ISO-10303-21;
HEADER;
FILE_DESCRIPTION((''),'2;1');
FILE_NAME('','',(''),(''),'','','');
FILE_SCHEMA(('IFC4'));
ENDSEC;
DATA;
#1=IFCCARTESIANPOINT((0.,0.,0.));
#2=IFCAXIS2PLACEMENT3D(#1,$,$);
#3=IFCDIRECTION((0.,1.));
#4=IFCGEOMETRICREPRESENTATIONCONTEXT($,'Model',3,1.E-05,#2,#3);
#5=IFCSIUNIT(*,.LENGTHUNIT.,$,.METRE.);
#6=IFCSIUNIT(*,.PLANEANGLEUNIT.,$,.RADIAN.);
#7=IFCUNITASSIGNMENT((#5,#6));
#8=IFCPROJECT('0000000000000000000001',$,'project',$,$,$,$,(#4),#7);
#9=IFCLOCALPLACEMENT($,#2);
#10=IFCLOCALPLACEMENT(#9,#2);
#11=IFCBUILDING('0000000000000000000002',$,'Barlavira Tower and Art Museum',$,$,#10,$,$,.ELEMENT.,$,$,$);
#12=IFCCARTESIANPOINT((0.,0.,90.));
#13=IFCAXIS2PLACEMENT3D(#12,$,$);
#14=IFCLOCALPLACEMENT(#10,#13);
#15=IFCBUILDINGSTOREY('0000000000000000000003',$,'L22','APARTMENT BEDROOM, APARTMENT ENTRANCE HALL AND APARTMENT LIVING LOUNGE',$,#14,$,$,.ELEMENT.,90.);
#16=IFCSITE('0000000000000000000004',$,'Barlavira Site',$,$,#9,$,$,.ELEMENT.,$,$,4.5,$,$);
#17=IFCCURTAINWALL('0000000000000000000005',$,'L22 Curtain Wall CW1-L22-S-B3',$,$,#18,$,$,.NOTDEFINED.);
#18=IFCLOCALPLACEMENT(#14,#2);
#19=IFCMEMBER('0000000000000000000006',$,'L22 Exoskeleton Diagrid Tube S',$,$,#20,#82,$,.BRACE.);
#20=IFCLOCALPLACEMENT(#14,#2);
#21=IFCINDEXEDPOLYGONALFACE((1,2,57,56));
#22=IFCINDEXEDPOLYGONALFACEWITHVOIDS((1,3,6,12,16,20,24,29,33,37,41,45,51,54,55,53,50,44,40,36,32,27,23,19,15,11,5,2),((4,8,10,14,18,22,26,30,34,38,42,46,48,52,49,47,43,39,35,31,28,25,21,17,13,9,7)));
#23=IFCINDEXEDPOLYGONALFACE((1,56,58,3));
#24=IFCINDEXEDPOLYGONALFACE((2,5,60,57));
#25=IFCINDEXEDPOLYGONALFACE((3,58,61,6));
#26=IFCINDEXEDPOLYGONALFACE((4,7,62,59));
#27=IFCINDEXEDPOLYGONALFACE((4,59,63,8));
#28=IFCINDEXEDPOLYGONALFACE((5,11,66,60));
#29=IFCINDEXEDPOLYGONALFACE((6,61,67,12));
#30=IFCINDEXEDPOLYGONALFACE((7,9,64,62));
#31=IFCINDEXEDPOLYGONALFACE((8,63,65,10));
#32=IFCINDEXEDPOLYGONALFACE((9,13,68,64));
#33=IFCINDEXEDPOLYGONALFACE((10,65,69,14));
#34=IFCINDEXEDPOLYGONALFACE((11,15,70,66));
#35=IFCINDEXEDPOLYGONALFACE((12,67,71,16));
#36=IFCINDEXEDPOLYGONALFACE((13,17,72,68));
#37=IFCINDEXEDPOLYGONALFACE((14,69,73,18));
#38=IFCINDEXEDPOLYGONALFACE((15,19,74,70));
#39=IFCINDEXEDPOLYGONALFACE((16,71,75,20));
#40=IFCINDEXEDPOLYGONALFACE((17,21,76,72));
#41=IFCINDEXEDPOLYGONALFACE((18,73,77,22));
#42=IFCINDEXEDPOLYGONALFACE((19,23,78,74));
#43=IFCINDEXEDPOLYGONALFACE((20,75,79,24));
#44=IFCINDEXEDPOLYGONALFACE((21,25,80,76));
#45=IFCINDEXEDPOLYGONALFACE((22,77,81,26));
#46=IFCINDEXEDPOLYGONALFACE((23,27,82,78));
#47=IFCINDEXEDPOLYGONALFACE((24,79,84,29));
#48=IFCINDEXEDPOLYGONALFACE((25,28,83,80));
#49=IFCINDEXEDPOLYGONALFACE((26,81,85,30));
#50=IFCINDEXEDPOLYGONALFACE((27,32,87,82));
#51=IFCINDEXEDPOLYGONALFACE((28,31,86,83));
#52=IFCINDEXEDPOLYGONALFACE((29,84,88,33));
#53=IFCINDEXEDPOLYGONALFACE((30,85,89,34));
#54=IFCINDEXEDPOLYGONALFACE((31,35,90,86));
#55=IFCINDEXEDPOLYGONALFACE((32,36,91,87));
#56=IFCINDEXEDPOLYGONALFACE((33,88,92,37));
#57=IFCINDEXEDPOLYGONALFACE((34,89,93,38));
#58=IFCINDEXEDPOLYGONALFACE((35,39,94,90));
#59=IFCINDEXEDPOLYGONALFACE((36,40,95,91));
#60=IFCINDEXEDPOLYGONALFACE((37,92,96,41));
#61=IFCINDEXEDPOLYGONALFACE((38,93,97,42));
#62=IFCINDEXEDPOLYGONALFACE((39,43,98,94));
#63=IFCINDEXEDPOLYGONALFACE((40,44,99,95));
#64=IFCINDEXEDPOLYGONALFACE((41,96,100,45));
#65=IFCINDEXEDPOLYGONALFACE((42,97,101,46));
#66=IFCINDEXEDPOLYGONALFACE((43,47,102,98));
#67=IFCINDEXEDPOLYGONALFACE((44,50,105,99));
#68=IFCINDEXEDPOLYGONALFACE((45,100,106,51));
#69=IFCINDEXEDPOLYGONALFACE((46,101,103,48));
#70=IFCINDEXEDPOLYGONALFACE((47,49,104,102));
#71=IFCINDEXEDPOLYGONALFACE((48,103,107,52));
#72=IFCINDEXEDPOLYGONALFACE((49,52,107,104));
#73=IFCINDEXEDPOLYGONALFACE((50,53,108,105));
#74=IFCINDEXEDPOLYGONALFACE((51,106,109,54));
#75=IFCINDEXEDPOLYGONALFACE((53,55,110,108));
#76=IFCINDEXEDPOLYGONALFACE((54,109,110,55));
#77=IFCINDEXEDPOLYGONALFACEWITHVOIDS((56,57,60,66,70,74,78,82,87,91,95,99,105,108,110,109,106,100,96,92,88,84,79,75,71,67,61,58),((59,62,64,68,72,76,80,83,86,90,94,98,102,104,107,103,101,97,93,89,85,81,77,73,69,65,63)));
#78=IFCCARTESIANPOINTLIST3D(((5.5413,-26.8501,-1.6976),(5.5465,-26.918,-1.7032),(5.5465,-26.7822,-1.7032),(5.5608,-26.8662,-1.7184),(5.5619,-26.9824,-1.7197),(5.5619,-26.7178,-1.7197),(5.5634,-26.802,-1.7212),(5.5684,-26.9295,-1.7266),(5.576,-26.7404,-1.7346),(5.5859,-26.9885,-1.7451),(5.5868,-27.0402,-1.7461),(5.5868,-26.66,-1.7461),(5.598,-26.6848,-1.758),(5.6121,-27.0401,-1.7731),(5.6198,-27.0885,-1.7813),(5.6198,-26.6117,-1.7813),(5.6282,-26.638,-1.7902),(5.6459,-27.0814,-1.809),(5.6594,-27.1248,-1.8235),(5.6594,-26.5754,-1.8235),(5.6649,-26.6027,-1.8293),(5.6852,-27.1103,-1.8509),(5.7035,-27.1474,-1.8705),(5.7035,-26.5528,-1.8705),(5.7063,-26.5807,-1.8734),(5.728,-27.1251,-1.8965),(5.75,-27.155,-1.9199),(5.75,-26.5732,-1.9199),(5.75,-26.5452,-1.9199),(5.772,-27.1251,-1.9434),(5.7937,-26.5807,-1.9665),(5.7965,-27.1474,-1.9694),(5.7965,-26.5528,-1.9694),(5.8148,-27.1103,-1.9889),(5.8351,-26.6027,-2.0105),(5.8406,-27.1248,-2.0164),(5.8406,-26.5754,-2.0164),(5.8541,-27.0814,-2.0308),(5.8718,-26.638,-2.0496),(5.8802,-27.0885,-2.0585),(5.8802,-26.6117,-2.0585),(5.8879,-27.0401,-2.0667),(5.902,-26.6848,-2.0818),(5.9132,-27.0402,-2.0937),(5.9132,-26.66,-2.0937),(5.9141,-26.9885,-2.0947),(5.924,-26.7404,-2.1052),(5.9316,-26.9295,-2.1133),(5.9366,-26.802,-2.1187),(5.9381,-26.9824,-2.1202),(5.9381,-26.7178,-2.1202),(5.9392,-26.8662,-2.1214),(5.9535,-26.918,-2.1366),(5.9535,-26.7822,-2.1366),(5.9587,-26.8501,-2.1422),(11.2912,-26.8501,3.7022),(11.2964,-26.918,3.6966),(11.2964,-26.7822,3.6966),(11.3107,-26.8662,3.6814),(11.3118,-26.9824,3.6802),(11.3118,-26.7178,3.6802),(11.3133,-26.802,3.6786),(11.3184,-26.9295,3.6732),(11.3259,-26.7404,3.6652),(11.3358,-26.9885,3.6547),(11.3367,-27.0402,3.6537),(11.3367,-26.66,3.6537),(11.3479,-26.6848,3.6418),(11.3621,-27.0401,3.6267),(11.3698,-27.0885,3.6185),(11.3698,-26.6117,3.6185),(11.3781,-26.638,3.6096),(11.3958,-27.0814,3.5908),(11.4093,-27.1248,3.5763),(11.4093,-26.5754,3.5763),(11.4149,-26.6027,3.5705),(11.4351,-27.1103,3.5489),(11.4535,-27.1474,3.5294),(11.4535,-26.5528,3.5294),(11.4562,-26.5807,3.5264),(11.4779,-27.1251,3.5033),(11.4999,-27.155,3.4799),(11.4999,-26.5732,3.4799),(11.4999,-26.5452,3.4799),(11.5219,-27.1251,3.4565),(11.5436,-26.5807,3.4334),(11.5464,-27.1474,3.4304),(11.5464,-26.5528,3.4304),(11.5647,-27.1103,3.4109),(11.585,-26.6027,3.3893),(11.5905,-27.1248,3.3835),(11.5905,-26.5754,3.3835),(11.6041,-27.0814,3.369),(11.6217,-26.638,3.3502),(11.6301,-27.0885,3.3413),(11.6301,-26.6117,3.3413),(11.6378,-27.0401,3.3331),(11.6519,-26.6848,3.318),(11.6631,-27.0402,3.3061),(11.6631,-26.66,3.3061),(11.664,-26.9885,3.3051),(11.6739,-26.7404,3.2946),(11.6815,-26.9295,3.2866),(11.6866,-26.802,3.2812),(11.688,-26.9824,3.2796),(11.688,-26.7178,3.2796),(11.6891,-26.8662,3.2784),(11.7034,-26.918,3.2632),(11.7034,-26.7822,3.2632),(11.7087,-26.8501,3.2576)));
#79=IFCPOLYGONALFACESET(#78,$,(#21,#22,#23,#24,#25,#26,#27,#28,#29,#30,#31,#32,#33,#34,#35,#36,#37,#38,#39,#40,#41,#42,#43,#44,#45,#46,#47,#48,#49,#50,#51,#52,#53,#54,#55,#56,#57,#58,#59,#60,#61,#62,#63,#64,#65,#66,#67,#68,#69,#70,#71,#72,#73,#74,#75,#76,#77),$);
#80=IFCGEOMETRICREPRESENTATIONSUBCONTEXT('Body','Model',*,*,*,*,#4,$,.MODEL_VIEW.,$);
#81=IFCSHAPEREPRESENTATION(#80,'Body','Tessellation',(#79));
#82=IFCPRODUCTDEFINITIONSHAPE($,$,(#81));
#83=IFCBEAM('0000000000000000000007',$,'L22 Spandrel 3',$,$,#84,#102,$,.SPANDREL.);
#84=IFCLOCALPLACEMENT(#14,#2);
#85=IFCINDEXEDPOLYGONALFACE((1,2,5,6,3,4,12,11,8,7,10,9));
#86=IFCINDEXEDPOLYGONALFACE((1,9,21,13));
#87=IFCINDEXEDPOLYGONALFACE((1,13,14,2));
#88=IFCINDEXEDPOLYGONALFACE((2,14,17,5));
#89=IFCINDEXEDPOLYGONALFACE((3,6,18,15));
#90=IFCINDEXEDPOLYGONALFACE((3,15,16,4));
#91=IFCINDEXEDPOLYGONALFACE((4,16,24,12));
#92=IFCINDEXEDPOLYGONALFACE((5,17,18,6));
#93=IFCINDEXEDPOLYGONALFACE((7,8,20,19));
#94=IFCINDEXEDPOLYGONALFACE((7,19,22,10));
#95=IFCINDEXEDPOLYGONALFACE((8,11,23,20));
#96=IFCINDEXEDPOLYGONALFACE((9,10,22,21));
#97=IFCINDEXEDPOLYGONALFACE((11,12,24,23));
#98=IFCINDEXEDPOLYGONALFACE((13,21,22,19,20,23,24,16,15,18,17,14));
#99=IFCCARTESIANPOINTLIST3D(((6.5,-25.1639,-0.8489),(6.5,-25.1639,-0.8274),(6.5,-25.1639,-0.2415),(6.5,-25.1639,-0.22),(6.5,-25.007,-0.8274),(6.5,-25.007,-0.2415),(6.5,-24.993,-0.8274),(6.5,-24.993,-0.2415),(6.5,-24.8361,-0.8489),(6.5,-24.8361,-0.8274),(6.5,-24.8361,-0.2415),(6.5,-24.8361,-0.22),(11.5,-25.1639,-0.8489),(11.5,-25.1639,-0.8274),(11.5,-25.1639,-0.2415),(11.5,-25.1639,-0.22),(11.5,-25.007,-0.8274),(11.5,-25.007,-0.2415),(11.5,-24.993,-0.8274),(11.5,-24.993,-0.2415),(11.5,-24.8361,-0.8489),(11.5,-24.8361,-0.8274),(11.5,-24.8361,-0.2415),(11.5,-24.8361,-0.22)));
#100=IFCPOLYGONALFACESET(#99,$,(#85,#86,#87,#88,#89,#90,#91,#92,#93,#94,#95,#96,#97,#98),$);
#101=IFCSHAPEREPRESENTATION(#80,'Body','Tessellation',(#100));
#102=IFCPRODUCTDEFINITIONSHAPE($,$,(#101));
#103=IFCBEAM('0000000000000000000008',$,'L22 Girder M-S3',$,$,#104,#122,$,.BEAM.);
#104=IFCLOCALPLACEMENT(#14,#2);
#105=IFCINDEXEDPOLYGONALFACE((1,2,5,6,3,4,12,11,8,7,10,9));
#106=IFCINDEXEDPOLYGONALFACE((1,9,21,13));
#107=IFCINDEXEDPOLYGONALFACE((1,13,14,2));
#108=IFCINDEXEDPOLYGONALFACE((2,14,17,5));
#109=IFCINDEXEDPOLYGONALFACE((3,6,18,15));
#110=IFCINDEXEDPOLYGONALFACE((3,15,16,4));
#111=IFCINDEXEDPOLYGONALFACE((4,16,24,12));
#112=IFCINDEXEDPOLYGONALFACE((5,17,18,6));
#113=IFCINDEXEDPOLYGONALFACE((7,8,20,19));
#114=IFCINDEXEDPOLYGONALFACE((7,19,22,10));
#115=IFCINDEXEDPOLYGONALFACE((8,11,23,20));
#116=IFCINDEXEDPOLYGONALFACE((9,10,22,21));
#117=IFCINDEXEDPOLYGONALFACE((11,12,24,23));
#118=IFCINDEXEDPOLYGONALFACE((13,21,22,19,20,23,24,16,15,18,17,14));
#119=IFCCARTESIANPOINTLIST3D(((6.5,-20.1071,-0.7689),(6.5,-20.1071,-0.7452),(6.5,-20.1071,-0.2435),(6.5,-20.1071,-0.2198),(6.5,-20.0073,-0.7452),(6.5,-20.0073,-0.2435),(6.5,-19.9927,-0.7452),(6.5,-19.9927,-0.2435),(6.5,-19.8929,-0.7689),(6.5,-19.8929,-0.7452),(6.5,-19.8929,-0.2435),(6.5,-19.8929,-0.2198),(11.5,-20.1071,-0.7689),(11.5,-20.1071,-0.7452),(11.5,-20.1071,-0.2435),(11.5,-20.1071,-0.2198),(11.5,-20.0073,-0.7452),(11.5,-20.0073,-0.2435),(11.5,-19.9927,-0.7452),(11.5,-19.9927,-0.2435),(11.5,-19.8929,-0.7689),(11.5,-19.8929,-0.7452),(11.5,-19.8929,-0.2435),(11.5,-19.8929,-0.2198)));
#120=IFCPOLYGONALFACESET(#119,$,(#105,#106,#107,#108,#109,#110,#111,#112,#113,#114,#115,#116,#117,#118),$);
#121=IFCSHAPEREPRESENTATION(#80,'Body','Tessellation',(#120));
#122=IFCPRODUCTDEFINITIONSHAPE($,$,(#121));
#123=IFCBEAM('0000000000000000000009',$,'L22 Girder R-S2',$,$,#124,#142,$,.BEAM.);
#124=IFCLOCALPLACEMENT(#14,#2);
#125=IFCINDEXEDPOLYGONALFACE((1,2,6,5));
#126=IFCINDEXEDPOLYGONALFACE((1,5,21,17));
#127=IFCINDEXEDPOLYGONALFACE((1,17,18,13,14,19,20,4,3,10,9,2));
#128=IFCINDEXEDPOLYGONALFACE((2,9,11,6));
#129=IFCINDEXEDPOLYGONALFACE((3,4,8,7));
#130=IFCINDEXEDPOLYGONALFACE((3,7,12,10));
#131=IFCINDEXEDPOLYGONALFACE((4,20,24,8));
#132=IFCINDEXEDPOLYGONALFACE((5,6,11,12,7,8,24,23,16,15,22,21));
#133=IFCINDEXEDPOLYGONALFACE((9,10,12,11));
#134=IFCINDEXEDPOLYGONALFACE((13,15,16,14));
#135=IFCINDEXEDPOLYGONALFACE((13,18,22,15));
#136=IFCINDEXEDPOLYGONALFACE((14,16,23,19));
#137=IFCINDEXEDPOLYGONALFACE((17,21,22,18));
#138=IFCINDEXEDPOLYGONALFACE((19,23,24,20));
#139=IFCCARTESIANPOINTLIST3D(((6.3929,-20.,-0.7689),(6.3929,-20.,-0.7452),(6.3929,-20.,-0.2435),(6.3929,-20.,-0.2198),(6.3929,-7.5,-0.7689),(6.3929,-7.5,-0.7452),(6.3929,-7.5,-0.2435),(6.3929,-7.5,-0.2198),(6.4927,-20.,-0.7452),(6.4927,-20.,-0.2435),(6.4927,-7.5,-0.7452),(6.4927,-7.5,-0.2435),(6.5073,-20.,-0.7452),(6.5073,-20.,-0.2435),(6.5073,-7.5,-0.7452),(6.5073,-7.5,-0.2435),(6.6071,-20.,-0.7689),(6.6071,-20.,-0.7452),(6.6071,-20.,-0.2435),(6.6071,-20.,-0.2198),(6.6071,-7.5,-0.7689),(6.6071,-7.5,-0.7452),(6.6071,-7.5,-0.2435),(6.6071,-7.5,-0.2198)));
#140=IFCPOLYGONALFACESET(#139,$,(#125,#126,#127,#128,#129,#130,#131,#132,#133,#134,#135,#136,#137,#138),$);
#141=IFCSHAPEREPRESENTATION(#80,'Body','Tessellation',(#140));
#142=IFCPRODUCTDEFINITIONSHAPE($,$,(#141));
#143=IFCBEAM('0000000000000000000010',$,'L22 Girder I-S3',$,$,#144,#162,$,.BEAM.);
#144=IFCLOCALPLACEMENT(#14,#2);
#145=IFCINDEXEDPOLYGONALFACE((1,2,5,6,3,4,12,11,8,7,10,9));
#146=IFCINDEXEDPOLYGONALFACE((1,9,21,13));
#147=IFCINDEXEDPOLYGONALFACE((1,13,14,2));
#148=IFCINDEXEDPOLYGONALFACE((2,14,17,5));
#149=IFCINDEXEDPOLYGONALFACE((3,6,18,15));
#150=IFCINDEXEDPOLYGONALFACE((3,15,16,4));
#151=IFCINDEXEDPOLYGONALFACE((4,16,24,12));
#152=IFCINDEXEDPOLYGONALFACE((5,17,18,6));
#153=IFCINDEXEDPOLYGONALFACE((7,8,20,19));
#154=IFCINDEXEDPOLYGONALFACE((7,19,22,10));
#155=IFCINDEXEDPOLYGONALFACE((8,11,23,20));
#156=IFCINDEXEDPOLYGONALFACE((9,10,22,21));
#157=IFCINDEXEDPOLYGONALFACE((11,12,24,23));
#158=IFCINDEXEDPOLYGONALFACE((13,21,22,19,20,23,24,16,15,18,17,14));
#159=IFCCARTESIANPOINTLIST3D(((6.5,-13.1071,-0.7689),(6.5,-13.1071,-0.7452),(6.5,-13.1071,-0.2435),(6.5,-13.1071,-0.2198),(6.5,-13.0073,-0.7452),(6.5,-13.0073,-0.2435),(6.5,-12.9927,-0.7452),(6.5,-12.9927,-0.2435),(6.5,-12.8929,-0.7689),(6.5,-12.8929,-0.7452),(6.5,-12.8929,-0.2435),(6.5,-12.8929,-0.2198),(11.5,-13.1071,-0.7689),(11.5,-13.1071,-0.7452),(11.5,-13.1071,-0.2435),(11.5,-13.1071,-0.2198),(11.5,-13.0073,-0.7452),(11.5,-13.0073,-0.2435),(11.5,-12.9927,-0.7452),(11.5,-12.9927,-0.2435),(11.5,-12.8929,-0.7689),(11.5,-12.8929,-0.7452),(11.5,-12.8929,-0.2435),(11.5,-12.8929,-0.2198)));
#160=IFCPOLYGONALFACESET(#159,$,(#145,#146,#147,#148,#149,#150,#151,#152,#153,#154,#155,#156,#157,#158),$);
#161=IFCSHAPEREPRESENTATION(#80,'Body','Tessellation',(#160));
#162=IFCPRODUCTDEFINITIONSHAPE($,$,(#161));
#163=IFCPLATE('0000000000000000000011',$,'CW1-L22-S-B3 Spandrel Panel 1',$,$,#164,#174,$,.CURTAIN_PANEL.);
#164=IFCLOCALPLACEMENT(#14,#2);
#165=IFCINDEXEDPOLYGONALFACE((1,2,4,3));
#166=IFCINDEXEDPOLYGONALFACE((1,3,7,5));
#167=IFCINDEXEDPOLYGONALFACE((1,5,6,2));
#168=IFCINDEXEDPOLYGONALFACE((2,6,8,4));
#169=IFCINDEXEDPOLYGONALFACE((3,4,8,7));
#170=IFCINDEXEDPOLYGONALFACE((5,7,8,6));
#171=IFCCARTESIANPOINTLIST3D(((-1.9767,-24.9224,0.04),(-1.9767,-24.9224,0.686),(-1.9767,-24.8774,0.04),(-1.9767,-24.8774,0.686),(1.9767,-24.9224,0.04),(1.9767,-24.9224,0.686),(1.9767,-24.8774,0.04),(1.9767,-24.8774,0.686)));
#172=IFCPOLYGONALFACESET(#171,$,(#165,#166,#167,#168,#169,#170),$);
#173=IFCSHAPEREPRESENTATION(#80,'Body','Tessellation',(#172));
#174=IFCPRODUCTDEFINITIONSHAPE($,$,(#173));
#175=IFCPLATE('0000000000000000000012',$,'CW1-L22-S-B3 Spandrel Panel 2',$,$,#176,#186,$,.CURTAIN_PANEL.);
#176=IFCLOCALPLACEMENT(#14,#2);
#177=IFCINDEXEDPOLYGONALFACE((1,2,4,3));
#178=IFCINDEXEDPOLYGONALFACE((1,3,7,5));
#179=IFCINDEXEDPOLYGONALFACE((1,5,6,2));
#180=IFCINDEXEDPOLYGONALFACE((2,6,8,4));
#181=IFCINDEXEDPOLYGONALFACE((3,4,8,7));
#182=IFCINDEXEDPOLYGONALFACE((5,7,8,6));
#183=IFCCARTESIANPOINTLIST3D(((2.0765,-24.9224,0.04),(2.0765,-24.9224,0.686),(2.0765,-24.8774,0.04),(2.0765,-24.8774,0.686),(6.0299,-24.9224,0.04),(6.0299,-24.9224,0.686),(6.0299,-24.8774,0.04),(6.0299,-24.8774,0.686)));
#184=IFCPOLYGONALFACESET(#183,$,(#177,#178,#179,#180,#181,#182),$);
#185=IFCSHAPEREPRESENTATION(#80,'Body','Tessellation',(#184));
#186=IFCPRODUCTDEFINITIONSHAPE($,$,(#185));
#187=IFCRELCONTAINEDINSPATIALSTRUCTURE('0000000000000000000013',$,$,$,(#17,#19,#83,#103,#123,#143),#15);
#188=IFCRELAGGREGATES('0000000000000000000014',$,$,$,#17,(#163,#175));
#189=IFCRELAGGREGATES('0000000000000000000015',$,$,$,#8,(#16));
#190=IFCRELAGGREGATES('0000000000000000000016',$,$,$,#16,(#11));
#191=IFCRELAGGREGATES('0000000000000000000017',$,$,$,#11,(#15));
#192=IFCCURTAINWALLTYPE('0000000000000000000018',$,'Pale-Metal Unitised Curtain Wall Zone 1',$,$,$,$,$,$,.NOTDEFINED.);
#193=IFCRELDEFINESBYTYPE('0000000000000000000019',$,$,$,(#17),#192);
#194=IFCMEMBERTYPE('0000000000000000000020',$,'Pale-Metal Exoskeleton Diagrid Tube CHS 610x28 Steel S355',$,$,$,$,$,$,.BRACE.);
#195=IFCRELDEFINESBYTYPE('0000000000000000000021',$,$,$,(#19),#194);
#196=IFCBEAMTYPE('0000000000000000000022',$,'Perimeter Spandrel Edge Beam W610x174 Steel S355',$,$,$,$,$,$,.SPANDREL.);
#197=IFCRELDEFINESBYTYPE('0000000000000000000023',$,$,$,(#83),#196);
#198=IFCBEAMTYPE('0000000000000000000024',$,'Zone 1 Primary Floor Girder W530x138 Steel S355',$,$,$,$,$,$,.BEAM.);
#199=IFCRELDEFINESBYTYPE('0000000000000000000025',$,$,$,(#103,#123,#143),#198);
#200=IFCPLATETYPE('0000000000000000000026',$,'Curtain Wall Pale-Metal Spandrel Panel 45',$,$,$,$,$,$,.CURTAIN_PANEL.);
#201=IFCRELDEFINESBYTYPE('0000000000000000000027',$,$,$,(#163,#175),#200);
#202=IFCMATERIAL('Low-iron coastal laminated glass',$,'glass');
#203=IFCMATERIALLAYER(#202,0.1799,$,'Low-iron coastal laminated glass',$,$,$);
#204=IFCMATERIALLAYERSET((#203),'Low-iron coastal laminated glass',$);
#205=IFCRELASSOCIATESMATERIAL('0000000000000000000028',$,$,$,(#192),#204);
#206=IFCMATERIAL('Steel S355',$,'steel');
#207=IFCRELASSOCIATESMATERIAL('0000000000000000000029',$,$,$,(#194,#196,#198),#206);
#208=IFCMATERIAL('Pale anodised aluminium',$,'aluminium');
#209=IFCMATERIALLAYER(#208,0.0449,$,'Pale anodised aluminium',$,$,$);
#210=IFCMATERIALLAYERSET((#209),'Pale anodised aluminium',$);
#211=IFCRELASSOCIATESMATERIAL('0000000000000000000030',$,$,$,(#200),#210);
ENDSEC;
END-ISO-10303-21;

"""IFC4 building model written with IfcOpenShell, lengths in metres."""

from ifc_helpers import new_model, si_unit, direction, frame, origin, origin_2d, place, context, subcontext, project, spatial, rectangle, hollow_circle, i_section, extrude, material, layer, layer_set, material_profile, profile_set, type_object, element, aggregate, save


model = new_model("IFC4")

# Units and contexts
model_context = context("Model", 3, precision=1e-05, world=origin(), true_north=direction((0.0, 1.0)))
body_context = subcontext(model_context, "Body", "Model", "MODEL_VIEW")
ifc_project = project(units=[si_unit("LENGTHUNIT", "METRE"), si_unit("PLANEANGLEUNIT", "RADIAN")], contexts=[model_context])

# Site, building, storey
site_placement = place(None, origin())
site = spatial("IfcSite", under=ifc_project, at=site_placement, Name="Barlavira Site", CompositionType="ELEMENT", RefElevation=4.5)
building_placement = place(site_placement, origin())
building = spatial("IfcBuilding", under=site, at=building_placement, Name="Barlavira Tower and Art Museum", CompositionType="ELEMENT")
storey_placement = place(building_placement, frame((0.0, 0.0, 90.0)))
storey = spatial("IfcBuildingStorey", under=building, at=storey_placement, Name="L22", Description="APARTMENT BEDROOM, APARTMENT ENTRANCE HALL AND APARTMENT LIVING LOUNGE", CompositionType="ELEMENT", Elevation=90.0)

# Curtain wall
ifc_material_1 = material(Name="Low-iron coastal laminated glass", Category="glass")
ifc_layer_1 = layer(ifc_material_1, 0.1799, Name="Low-iron coastal laminated glass")
ifc_layer_set_1 = layer_set([ifc_layer_1], Name="Low-iron coastal laminated glass")
curtain_wall_type = type_object("IfcCurtainWallType", Name="Pale-Metal Unitised Curtain Wall Zone 1", PredefinedType="NOTDEFINED", material=ifc_layer_set_1)
curtain_wall_placement = place(storey_placement, origin())
curtain_wall = element("IfcCurtainWall", 1, at=curtain_wall_placement, inside=storey, type_object=curtain_wall_type, Name="L22 Curtain Wall CW1-L22-S-B3", PredefinedType="NOTDEFINED")
ifc_material_2 = material(Name="Pale anodised aluminium", Category="aluminium")

# Member
ifc_material_3 = material(Name="Steel S355", Category="steel")
ifc_material_profile_1 = material_profile(ifc_material_3, hollow_circle(Radius=0.3049, WallThickness=0.0281, at=origin_2d()), Name="CHS 610.0x28.0")
ifc_profile_set_1 = profile_set([ifc_material_profile_1], Name="Steel S355")
member_type_1 = type_object("IfcMemberType", Name="Pale-Metal Exoskeleton Diagrid Tube CHS 610x28 Steel S355", PredefinedType="BRACE", material=ifc_profile_set_1)
for number, where, z_axis, x_axis, name in (
    (2, (5.75, -26.8501, -1.9199), (0.72895, 0.0, 0.684567), (0.0, 1.0, 0.0), "L22 Exoskeleton Diagrid Tube S"),
):
    element("IfcMember", number, at=place(storey_placement, frame(where, z_axis=z_axis, x_axis=x_axis)), inside=storey, type_object=member_type_1, Name=name, PredefinedType="BRACE", context=body_context, shape_type="SweptSolid", body=[
        extrude(hollow_circle(Radius=0.3049, WallThickness=0.0281, at=origin_2d()), origin(), (0.0, 0.0, 1.0), 7.8879),
    ])

# Beams
ifc_material_profile_2 = material_profile(ifc_material_3, i_section(OverallWidth=0.3279, OverallDepth=0.6289, WebThickness=0.0139, FlangeThickness=0.0215, at=origin_2d()), Name="W610x174.0")
ifc_profile_set_2 = profile_set([ifc_material_profile_2], Name="Steel S355")
beam_type_1 = type_object("IfcBeamType", Name="Perimeter Spandrel Edge Beam W610x174 Steel S355", PredefinedType="SPANDREL", material=ifc_profile_set_2)
beam_1_placement = place(storey_placement, frame((6.5, -25.0, -0.5344), z_axis=(1.0, 0.0, 0.0), x_axis=(0.0, 1.0, 0.0)))
element("IfcBeam", 3, at=beam_1_placement, inside=storey, type_object=beam_type_1, Name="L22 Spandrel 3", PredefinedType="SPANDREL", context=body_context, shape_type="SweptSolid", body=[
    extrude(i_section(OverallWidth=0.3279, OverallDepth=0.6289, WebThickness=0.0139, FlangeThickness=0.0215, at=origin_2d()), origin(), (0.0, 0.0, 1.0), 5.0),
])
ifc_material_profile_3 = material_profile(ifc_material_3, i_section(OverallWidth=0.2141, OverallDepth=0.5491, WebThickness=0.0146, FlangeThickness=0.0237, at=origin_2d()), Name="W530x138.0")
ifc_profile_set_3 = profile_set([ifc_material_profile_3], Name="Steel S355")
beam_type_2 = type_object("IfcBeamType", Name="Zone 1 Primary Floor Girder W530x138 Steel S355", PredefinedType="BEAM", material=ifc_profile_set_3)
beam_2_placement = place(storey_placement, frame((6.5, -20.0, -0.4944), z_axis=(1.0, 0.0, 0.0), x_axis=(0.0, 1.0, 0.0)))
element("IfcBeam", 4, at=beam_2_placement, inside=storey, type_object=beam_type_2, Name="L22 Girder M-S3", PredefinedType="BEAM", context=body_context, shape_type="SweptSolid", body=[
    extrude(i_section(OverallWidth=0.2141, OverallDepth=0.5491, WebThickness=0.0146, FlangeThickness=0.0237, at=origin_2d()), origin(), (0.0, 0.0, 1.0), 5.0),
])
beam_3_placement = place(storey_placement, frame((6.5, -20.0, -0.4944), z_axis=(0.0, 1.0, 0.0), x_axis=(-1.0, 0.0, 0.0)))
element("IfcBeam", 5, at=beam_3_placement, inside=storey, type_object=beam_type_2, Name="L22 Girder R-S2", PredefinedType="BEAM", context=body_context, shape_type="SweptSolid", body=[
    extrude(i_section(OverallWidth=0.2141, OverallDepth=0.5491, WebThickness=0.0146, FlangeThickness=0.0237, at=origin_2d()), origin(), (0.0, 0.0, 1.0), 12.5),
])
beam_4_placement = place(storey_placement, frame((6.5, -13.0, -0.4944), z_axis=(1.0, 0.0, 0.0), x_axis=(0.0, 1.0, 0.0)))
element("IfcBeam", 6, at=beam_4_placement, inside=storey, type_object=beam_type_2, Name="L22 Girder I-S3", PredefinedType="BEAM", context=body_context, shape_type="SweptSolid", body=[
    extrude(i_section(OverallWidth=0.2141, OverallDepth=0.5491, WebThickness=0.0146, FlangeThickness=0.0237, at=origin_2d()), origin(), (0.0, 0.0, 1.0), 5.0),
])

# Plates
ifc_layer_2 = layer(ifc_material_2, 0.0449, Name="Pale anodised aluminium")
ifc_layer_set_2 = layer_set([ifc_layer_2], Name="Pale anodised aluminium")
plate_type_1 = type_object("IfcPlateType", Name="Curtain Wall Pale-Metal Spandrel Panel 45", PredefinedType="CURTAIN_PANEL", material=ifc_layer_set_2)
plate_1_placement = place(storey_placement, frame((0.0, -24.8999, 0.04), z_axis=(0.0, 0.0, 1.0), x_axis=(1.0, 0.0, 0.0)))
plate_1 = element("IfcPlate", 7, at=plate_1_placement, type_object=plate_type_1, Name="CW1-L22-S-B3 Spandrel Panel 1", PredefinedType="CURTAIN_PANEL", context=body_context, shape_type="SweptSolid", body=[
    extrude(rectangle(XDim=3.9534, YDim=0.0449, at=origin_2d()), origin(), (0.0, 0.0, 1.0), 0.646),
])
plate_2_placement = place(storey_placement, frame((4.0532, -24.8999, 0.04), z_axis=(0.0, 0.0, 1.0), x_axis=(1.0, 0.0, 0.0)))
plate_2 = element("IfcPlate", 8, at=plate_2_placement, type_object=plate_type_1, Name="CW1-L22-S-B3 Spandrel Panel 2", PredefinedType="CURTAIN_PANEL", context=body_context, shape_type="SweptSolid", body=[
    extrude(rectangle(XDim=3.9534, YDim=0.0449, at=origin_2d()), origin(), (0.0, 0.0, 1.0), 0.646),
])
aggregate(curtain_wall, [plate_1, plate_2])

save(model, "model.ifc")
